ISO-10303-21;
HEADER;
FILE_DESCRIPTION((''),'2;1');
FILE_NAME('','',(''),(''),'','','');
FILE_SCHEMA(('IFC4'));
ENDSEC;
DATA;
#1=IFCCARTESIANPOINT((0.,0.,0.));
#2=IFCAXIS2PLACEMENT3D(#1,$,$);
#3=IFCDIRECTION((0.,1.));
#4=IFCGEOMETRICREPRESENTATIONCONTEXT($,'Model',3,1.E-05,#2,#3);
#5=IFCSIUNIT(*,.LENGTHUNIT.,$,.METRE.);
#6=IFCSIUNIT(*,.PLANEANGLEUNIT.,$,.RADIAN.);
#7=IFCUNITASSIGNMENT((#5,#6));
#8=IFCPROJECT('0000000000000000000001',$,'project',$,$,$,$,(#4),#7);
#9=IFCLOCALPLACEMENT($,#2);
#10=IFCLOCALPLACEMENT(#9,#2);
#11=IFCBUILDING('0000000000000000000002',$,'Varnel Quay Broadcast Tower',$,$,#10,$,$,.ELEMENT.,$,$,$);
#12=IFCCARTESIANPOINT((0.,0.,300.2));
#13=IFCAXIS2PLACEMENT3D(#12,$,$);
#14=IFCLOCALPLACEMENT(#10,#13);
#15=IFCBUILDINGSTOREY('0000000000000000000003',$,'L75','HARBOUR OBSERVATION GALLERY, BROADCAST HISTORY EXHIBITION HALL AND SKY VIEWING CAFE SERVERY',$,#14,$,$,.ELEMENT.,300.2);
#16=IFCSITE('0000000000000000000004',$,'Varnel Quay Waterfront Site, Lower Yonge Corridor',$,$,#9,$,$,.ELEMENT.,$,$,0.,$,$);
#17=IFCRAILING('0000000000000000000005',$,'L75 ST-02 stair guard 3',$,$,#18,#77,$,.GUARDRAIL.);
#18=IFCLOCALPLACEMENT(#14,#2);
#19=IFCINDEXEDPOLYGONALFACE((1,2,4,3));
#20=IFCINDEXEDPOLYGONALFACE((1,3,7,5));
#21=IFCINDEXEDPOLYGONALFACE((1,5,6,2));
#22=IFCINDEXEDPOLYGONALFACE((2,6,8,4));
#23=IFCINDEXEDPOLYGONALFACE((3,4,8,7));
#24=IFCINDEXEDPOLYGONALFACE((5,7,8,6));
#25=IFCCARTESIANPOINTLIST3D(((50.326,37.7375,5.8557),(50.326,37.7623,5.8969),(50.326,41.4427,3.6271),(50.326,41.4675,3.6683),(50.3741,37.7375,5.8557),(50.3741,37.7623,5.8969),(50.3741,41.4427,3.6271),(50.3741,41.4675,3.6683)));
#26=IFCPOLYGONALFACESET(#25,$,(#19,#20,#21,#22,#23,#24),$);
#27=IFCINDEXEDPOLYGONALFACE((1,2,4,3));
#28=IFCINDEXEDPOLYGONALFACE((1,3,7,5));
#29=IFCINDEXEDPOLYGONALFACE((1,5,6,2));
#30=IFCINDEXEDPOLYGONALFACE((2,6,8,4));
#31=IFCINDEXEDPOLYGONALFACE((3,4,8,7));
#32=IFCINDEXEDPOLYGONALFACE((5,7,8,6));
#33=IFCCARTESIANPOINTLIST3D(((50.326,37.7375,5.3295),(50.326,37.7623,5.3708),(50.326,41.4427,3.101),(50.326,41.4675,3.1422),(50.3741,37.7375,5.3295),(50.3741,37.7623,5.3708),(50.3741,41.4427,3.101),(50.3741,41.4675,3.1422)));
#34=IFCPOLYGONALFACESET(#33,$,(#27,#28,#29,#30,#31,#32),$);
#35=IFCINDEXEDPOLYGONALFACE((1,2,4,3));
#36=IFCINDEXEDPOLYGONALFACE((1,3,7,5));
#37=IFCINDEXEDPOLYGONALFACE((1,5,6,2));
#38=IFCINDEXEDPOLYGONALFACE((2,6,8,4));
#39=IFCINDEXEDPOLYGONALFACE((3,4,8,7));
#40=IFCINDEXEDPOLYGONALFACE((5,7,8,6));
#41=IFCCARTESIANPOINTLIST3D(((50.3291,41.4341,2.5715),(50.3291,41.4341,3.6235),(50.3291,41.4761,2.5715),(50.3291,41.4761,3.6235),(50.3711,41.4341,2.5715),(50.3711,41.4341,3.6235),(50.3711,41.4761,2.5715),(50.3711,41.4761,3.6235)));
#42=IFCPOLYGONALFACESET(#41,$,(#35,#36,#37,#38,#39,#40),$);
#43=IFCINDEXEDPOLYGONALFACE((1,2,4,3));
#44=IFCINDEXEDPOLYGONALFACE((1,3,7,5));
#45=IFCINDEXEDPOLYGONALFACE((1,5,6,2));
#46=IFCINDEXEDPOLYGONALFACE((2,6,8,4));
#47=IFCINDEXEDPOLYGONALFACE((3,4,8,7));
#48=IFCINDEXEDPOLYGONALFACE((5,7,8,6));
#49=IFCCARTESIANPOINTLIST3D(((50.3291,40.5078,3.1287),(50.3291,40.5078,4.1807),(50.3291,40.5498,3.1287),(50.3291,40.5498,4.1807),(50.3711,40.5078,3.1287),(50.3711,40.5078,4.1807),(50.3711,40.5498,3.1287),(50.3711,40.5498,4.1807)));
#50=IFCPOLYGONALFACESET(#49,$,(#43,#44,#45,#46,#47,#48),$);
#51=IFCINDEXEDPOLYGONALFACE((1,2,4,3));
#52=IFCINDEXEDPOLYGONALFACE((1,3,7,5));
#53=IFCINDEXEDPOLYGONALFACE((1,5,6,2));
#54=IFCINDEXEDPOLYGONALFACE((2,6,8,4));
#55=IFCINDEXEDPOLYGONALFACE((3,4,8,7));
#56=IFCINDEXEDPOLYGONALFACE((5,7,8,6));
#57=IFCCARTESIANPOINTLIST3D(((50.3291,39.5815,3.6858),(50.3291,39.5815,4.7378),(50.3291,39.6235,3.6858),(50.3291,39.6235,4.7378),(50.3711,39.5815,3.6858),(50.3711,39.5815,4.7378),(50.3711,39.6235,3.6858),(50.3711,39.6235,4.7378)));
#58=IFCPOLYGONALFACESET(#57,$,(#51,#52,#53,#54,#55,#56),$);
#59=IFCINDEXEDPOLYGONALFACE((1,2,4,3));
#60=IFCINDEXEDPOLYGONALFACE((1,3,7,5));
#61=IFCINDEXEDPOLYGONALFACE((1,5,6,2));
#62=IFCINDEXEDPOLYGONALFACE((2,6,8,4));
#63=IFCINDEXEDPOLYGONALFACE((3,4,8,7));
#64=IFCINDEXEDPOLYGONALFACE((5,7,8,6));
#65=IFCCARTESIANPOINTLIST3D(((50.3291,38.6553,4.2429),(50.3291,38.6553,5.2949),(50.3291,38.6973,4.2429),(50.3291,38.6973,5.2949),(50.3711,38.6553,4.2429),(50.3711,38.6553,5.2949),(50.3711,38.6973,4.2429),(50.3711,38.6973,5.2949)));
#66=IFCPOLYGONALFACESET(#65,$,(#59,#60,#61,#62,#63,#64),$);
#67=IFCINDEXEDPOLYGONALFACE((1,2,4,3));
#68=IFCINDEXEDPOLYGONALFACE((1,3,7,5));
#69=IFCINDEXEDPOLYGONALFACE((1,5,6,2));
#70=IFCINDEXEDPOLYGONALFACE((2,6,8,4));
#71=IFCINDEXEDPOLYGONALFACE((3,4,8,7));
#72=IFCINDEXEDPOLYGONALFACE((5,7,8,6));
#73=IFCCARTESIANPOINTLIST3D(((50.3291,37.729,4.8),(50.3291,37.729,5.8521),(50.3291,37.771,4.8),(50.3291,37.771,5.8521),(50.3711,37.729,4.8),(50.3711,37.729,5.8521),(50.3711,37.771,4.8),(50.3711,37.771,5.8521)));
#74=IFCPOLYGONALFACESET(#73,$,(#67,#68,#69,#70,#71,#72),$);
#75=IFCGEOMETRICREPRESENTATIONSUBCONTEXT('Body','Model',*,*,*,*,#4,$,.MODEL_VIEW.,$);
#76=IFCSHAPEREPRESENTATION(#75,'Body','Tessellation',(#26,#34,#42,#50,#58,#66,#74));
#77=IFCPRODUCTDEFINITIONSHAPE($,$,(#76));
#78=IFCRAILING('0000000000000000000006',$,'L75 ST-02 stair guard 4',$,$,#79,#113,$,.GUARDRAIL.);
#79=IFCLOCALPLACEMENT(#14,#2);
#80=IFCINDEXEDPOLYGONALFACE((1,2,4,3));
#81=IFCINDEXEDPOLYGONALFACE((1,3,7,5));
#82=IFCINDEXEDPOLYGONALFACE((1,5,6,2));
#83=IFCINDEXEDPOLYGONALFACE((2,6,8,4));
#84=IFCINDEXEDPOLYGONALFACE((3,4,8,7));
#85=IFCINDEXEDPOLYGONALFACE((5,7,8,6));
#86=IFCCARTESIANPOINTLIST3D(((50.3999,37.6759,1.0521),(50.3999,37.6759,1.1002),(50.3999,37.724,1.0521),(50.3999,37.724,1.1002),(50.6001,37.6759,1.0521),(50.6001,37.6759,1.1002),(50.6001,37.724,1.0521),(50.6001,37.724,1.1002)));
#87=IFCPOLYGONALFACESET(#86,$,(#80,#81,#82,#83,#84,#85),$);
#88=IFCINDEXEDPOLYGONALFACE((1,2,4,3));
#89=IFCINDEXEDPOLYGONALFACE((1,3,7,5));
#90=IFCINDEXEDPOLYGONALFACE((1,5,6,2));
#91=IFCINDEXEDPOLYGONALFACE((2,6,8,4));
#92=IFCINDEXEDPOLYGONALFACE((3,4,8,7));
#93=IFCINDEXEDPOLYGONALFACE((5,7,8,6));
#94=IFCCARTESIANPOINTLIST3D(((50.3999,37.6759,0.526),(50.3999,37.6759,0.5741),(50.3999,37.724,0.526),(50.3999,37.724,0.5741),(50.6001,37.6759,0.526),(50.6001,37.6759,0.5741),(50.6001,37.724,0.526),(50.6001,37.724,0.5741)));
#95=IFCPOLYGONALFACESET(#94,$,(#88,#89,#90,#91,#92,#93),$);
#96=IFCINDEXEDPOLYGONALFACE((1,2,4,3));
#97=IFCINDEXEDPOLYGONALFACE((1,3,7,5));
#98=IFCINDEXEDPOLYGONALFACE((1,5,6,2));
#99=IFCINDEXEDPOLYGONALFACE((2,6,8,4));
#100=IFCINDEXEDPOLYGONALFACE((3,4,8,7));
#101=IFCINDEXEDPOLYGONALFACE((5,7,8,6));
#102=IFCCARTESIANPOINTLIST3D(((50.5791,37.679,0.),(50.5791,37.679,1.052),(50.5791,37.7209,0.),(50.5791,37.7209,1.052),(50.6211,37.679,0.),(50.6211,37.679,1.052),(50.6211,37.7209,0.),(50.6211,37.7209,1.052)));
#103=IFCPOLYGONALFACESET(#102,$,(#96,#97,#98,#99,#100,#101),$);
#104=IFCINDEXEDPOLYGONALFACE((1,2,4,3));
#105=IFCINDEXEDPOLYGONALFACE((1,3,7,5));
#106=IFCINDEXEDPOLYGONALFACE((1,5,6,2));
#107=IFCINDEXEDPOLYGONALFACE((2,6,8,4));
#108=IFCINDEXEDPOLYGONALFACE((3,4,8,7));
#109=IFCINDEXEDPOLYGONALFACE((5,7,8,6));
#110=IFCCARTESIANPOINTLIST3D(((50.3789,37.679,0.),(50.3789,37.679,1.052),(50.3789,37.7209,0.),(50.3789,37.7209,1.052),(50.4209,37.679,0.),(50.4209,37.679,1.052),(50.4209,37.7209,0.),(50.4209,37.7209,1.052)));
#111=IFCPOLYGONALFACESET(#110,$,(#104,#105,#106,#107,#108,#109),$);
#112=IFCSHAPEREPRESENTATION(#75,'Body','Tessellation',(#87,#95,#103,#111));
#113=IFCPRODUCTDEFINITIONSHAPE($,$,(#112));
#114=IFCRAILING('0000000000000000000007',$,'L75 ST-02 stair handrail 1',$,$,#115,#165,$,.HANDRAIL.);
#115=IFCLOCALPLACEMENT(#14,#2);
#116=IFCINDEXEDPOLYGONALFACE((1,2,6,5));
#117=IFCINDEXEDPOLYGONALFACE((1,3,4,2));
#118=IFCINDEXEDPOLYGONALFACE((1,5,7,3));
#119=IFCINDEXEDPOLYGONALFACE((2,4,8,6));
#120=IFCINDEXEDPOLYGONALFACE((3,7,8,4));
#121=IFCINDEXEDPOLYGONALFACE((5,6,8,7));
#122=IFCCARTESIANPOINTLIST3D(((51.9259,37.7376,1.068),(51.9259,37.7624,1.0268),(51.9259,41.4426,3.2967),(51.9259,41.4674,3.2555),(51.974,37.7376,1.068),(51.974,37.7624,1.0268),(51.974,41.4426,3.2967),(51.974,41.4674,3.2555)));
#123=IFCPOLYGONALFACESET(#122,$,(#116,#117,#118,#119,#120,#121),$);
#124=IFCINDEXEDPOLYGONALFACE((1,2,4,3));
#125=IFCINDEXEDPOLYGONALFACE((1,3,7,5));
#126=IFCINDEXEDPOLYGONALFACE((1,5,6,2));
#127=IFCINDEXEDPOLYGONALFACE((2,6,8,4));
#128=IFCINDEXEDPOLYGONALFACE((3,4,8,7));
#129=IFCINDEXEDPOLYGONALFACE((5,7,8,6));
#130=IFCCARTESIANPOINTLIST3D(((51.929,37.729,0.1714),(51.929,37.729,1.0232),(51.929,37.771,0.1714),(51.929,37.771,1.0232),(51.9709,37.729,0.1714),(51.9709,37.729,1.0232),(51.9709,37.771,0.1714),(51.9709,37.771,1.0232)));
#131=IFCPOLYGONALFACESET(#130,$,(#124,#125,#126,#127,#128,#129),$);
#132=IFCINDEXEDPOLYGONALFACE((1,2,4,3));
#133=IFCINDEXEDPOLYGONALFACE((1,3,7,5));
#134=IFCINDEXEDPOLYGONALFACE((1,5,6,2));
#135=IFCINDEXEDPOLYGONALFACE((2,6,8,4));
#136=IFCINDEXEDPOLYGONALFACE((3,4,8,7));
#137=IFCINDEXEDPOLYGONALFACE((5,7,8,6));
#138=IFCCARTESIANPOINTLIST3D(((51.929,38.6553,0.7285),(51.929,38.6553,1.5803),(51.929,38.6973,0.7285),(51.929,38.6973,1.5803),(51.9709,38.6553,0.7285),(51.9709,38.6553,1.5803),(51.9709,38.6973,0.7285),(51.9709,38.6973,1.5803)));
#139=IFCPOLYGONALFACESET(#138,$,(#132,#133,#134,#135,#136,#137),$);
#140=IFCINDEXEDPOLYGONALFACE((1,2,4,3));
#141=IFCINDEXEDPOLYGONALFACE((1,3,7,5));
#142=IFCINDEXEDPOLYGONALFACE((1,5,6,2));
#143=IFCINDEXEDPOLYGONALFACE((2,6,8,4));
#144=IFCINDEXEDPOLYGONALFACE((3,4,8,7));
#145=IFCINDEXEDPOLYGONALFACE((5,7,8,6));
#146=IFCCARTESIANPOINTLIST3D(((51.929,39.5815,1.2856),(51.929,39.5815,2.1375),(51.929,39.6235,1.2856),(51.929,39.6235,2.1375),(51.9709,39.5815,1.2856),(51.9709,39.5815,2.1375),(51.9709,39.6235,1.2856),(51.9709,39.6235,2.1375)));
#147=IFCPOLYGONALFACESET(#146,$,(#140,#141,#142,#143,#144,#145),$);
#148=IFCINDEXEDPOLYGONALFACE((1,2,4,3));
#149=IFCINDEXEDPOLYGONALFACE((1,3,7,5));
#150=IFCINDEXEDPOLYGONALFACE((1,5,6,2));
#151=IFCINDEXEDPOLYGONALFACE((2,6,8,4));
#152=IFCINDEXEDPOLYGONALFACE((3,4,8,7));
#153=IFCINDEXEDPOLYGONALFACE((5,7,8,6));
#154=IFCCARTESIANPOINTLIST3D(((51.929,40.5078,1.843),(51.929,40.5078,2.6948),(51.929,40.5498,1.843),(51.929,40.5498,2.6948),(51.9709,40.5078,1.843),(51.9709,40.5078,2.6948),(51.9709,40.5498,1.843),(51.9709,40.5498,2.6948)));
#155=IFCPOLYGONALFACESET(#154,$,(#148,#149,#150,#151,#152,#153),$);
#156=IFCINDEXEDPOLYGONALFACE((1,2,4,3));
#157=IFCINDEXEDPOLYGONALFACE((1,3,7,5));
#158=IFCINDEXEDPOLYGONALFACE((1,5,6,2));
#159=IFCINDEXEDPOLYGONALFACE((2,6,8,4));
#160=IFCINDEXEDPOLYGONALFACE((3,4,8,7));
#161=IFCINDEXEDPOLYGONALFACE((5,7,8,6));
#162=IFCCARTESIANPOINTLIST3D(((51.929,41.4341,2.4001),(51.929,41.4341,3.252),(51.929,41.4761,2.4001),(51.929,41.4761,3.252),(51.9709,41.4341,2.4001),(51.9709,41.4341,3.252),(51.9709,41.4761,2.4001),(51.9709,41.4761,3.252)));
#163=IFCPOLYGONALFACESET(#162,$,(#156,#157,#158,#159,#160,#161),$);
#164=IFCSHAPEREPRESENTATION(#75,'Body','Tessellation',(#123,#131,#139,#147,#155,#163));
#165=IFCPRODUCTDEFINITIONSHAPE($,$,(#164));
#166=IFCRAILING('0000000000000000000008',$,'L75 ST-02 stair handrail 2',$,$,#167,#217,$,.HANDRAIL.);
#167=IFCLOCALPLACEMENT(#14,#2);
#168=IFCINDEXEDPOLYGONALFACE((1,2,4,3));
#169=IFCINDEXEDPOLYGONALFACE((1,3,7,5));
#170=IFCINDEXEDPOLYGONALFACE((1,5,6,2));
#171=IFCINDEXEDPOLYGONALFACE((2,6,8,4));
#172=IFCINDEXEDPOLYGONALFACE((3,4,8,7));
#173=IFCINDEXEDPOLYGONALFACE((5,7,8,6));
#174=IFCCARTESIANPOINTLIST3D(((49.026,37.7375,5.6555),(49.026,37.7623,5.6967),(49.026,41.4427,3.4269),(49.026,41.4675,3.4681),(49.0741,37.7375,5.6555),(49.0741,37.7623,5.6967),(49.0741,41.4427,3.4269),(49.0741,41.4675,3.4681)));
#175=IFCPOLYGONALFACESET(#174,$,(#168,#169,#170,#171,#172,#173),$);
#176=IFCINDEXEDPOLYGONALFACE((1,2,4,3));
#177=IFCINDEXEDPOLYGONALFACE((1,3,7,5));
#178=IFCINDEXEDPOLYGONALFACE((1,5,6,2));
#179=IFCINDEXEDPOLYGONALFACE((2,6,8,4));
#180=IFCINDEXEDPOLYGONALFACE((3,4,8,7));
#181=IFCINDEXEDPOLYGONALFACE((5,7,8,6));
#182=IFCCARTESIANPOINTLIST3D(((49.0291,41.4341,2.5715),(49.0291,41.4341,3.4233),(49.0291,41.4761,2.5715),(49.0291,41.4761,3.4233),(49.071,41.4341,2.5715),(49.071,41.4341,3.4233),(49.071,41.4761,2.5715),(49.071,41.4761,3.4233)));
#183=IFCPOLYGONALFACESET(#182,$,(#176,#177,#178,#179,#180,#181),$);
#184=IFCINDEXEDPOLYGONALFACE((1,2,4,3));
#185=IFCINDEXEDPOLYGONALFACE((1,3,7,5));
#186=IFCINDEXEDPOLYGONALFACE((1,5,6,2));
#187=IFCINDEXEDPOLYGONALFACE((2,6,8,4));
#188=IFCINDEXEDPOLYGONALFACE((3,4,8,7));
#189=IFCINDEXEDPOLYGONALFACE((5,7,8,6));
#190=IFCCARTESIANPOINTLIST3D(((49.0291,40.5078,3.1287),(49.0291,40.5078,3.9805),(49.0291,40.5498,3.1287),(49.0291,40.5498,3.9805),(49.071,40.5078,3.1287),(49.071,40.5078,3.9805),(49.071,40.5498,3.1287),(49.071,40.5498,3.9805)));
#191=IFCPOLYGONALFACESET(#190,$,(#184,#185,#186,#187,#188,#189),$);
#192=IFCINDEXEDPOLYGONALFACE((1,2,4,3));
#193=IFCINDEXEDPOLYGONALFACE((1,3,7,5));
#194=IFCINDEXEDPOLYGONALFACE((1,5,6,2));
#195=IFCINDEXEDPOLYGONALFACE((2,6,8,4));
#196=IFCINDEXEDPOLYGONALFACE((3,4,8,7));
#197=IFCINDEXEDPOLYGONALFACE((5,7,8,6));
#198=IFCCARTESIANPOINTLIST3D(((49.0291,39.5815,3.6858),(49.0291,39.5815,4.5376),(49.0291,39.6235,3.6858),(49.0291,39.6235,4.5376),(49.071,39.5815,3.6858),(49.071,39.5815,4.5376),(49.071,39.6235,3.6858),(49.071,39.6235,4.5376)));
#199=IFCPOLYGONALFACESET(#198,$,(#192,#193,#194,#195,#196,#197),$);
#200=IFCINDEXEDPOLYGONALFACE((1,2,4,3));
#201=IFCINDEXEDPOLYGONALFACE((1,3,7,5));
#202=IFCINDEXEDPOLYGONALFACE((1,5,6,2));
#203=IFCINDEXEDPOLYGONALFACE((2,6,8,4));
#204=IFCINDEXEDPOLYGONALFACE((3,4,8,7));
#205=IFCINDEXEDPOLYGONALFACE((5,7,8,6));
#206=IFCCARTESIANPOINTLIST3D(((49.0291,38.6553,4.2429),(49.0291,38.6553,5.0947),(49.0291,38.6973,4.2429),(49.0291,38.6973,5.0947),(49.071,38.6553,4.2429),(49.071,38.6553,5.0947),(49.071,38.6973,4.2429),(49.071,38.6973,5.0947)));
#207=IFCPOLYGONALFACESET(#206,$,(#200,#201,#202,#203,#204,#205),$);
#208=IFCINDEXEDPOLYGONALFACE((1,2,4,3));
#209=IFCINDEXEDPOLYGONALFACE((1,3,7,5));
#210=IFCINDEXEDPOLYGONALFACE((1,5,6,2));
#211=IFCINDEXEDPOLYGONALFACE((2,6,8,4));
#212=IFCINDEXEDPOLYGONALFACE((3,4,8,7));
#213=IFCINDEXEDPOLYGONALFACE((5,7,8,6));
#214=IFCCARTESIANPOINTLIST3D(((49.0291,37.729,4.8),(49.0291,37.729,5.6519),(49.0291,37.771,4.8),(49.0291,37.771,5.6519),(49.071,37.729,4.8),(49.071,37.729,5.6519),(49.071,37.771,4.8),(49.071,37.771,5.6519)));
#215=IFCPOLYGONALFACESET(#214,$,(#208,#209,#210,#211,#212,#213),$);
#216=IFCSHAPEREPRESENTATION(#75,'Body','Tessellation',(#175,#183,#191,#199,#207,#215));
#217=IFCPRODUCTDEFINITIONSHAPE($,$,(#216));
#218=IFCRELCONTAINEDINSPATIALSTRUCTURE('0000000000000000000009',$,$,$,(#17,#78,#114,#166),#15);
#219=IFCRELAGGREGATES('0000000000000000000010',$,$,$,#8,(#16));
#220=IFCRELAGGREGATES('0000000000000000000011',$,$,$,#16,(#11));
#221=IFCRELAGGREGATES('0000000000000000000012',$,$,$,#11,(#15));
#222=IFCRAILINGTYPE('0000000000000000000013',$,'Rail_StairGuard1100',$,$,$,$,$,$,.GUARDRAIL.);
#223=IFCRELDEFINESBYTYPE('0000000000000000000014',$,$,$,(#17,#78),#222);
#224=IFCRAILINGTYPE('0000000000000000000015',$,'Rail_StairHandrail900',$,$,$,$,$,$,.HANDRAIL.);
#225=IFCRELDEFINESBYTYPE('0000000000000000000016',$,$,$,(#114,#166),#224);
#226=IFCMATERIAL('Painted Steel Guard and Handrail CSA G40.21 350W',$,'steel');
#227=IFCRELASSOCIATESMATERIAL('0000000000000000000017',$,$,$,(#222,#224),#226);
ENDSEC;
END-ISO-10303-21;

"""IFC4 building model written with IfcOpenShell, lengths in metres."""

from ifc_helpers import new_model, si_unit, direction, frame, origin, origin_2d, place, context, subcontext, project, spatial, rectangle, extrude, material, type_object, element, save


model = new_model("IFC4")

# Units and contexts
model_context = context("Model", 3, precision=1e-05, world=origin(), true_north=direction((0.0, 1.0)))
body_context = subcontext(model_context, "Body", "Model", "MODEL_VIEW")
ifc_project = project(units=[si_unit("LENGTHUNIT", "METRE"), si_unit("PLANEANGLEUNIT", "RADIAN")], contexts=[model_context])

# Site, building, storey
site_placement = place(None, origin())
site = spatial("IfcSite", under=ifc_project, at=site_placement, Name="Varnel Quay Waterfront Site, Lower Yonge Corridor", CompositionType="ELEMENT", RefElevation=0.0)
building_placement = place(site_placement, origin())
building = spatial("IfcBuilding", under=site, at=building_placement, Name="Varnel Quay Broadcast Tower", CompositionType="ELEMENT")
storey_placement = place(building_placement, frame((0.0, 0.0, 300.2)))
storey = spatial("IfcBuildingStorey", under=building, at=storey_placement, Name="L75", Description="HARBOUR OBSERVATION GALLERY, BROADCAST HISTORY EXHIBITION HALL AND SKY VIEWING CAFE SERVERY", CompositionType="ELEMENT", Elevation=300.2)

# Railings
ifc_material_1 = material(Name="Painted Steel Guard and Handrail CSA G40.21 350W", Category="steel")
railing_type_1 = type_object("IfcRailingType", Name="Rail_StairGuard1100", PredefinedType="GUARDRAIL", material=ifc_material_1)
railing_1_placement = place(storey_placement, frame((50.3501, 41.4551, 2.5715)))
element("IfcRailing", 1, at=railing_1_placement, inside=storey, type_object=railing_type_1, Name="L75 ST-02 stair guard 3", PredefinedType="GUARDRAIL", context=body_context, shape_type="SweptSolid", body=[
    extrude(rectangle(XDim=0.0481, YDim=0.0481, at=origin_2d()), frame((0.0, 0.0, 1.0762), z_axis=(0.0, -0.856934, 0.515425), x_axis=(1.0, 0.0, 0.0)), (0.0, 0.0, 1.0), 4.3237),
    extrude(rectangle(XDim=0.0481, YDim=0.0481, at=origin_2d()), frame((0.0, 0.0, 0.55), z_axis=(0.0, -0.856934, 0.515425), x_axis=(1.0, 0.0, 0.0)), (0.0, 0.0, 1.0), 4.3237),
    extrude(rectangle(XDim=0.042, YDim=0.042, at=origin_2d()), origin(), (0.0, 0.0, 1.0), 1.052),
    extrude(rectangle(XDim=0.042, YDim=0.042, at=origin_2d()), frame((0.0, -0.9263, 0.5571)), (0.0, 0.0, 1.0), 1.052),
    extrude(rectangle(XDim=0.042, YDim=0.042, at=origin_2d()), frame((0.0, -1.8525, 1.1143)), (0.0, 0.0, 1.0), 1.052),
    extrude(rectangle(XDim=0.042, YDim=0.042, at=origin_2d()), frame((0.0, -2.7788, 1.6714)), (0.0, 0.0, 1.0), 1.052),
    extrude(rectangle(XDim=0.042, YDim=0.042, at=origin_2d()), frame((0.0, -3.7051, 2.2285)), (0.0, 0.0, 1.0), 1.052),
])
railing_2_placement = place(storey_placement, frame((50.6001, 37.7, 0.0)))
element("IfcRailing", 2, at=railing_2_placement, inside=storey, type_object=railing_type_1, Name="L75 ST-02 stair guard 4", PredefinedType="GUARDRAIL", context=body_context, shape_type="SweptSolid", body=[
    extrude(rectangle(XDim=0.0481, YDim=0.0481, at=origin_2d()), frame((0.0, 0.0, 1.0762), z_axis=(-1.0, 0.0, 0.0), x_axis=(0.0, -1.0, 0.0)), (0.0, 0.0, 1.0), 0.2002),
    extrude(rectangle(XDim=0.0481, YDim=0.0481, at=origin_2d()), frame((0.0, 0.0, 0.55), z_axis=(-1.0, 0.0, 0.0), x_axis=(0.0, -1.0, 0.0)), (0.0, 0.0, 1.0), 0.2002),
    extrude(rectangle(XDim=0.042, YDim=0.042, at=origin_2d()), origin(), (0.0, 0.0, 1.0), 1.052),
    extrude(rectangle(XDim=0.042, YDim=0.042, at=origin_2d()), frame((-0.2002, 0.0, 0.0)), (0.0, 0.0, 1.0), 1.052),
])
railing_type_2 = type_object("IfcRailingType", Name="Rail_StairHandrail900", PredefinedType="HANDRAIL", material=ifc_material_1)
railing_3_placement = place(storey_placement, frame((51.95, 37.75, 0.1714)))
element("IfcRailing", 3, at=railing_3_placement, inside=storey, type_object=railing_type_2, Name="L75 ST-02 stair handrail 1", PredefinedType="HANDRAIL", context=body_context, shape_type="SweptSolid", body=[
    extrude(rectangle(XDim=0.0481, YDim=0.0481, at=origin_2d()), frame((0.0, 0.0, 0.876), z_axis=(0.0, 0.856909, 0.515467), x_axis=(-1.0, 0.0, 0.0)), (0.0, 0.0, 1.0), 4.3237),
    extrude(rectangle(XDim=0.042, YDim=0.042, at=origin_2d()), origin(), (0.0, 0.0, 1.0), 0.8518),
    extrude(rectangle(XDim=0.042, YDim=0.042, at=origin_2d()), frame((0.0, 0.9263, 0.5571)), (0.0, 0.0, 1.0), 0.8518),
    extrude(rectangle(XDim=0.042, YDim=0.042, at=origin_2d()), frame((0.0, 1.8525, 1.1143)), (0.0, 0.0, 1.0), 0.8518),
    extrude(rectangle(XDim=0.042, YDim=0.042, at=origin_2d()), frame((0.0, 2.7788, 1.6716)), (0.0, 0.0, 1.0), 0.8518),
    extrude(rectangle(XDim=0.042, YDim=0.042, at=origin_2d()), frame((0.0, 3.7051, 2.2288)), (0.0, 0.0, 1.0), 0.8518),
])
railing_4_placement = place(storey_placement, frame((49.05, 41.4551, 2.5715)))
element("IfcRailing", 4, at=railing_4_placement, inside=storey, type_object=railing_type_2, Name="L75 ST-02 stair handrail 2", PredefinedType="HANDRAIL", context=body_context, shape_type="SweptSolid", body=[
    extrude(rectangle(XDim=0.0481, YDim=0.0481, at=origin_2d()), frame((0.0, 0.0, 0.876), z_axis=(0.0, -0.856934, 0.515425), x_axis=(1.0, 0.0, 0.0)), (0.0, 0.0, 1.0), 4.3237),
    extrude(rectangle(XDim=0.042, YDim=0.042, at=origin_2d()), origin(), (0.0, 0.0, 1.0), 0.8518),
    extrude(rectangle(XDim=0.042, YDim=0.042, at=origin_2d()), frame((0.0, -0.9263, 0.5571)), (0.0, 0.0, 1.0), 0.8518),
    extrude(rectangle(XDim=0.042, YDim=0.042, at=origin_2d()), frame((0.0, -1.8525, 1.1143)), (0.0, 0.0, 1.0), 0.8518),
    extrude(rectangle(XDim=0.042, YDim=0.042, at=origin_2d()), frame((0.0, -2.7788, 1.6714)), (0.0, 0.0, 1.0), 0.8518),
    extrude(rectangle(XDim=0.042, YDim=0.042, at=origin_2d()), frame((0.0, -3.7051, 2.2285)), (0.0, 0.0, 1.0), 0.8518),
])

save(model, "model.ifc")
